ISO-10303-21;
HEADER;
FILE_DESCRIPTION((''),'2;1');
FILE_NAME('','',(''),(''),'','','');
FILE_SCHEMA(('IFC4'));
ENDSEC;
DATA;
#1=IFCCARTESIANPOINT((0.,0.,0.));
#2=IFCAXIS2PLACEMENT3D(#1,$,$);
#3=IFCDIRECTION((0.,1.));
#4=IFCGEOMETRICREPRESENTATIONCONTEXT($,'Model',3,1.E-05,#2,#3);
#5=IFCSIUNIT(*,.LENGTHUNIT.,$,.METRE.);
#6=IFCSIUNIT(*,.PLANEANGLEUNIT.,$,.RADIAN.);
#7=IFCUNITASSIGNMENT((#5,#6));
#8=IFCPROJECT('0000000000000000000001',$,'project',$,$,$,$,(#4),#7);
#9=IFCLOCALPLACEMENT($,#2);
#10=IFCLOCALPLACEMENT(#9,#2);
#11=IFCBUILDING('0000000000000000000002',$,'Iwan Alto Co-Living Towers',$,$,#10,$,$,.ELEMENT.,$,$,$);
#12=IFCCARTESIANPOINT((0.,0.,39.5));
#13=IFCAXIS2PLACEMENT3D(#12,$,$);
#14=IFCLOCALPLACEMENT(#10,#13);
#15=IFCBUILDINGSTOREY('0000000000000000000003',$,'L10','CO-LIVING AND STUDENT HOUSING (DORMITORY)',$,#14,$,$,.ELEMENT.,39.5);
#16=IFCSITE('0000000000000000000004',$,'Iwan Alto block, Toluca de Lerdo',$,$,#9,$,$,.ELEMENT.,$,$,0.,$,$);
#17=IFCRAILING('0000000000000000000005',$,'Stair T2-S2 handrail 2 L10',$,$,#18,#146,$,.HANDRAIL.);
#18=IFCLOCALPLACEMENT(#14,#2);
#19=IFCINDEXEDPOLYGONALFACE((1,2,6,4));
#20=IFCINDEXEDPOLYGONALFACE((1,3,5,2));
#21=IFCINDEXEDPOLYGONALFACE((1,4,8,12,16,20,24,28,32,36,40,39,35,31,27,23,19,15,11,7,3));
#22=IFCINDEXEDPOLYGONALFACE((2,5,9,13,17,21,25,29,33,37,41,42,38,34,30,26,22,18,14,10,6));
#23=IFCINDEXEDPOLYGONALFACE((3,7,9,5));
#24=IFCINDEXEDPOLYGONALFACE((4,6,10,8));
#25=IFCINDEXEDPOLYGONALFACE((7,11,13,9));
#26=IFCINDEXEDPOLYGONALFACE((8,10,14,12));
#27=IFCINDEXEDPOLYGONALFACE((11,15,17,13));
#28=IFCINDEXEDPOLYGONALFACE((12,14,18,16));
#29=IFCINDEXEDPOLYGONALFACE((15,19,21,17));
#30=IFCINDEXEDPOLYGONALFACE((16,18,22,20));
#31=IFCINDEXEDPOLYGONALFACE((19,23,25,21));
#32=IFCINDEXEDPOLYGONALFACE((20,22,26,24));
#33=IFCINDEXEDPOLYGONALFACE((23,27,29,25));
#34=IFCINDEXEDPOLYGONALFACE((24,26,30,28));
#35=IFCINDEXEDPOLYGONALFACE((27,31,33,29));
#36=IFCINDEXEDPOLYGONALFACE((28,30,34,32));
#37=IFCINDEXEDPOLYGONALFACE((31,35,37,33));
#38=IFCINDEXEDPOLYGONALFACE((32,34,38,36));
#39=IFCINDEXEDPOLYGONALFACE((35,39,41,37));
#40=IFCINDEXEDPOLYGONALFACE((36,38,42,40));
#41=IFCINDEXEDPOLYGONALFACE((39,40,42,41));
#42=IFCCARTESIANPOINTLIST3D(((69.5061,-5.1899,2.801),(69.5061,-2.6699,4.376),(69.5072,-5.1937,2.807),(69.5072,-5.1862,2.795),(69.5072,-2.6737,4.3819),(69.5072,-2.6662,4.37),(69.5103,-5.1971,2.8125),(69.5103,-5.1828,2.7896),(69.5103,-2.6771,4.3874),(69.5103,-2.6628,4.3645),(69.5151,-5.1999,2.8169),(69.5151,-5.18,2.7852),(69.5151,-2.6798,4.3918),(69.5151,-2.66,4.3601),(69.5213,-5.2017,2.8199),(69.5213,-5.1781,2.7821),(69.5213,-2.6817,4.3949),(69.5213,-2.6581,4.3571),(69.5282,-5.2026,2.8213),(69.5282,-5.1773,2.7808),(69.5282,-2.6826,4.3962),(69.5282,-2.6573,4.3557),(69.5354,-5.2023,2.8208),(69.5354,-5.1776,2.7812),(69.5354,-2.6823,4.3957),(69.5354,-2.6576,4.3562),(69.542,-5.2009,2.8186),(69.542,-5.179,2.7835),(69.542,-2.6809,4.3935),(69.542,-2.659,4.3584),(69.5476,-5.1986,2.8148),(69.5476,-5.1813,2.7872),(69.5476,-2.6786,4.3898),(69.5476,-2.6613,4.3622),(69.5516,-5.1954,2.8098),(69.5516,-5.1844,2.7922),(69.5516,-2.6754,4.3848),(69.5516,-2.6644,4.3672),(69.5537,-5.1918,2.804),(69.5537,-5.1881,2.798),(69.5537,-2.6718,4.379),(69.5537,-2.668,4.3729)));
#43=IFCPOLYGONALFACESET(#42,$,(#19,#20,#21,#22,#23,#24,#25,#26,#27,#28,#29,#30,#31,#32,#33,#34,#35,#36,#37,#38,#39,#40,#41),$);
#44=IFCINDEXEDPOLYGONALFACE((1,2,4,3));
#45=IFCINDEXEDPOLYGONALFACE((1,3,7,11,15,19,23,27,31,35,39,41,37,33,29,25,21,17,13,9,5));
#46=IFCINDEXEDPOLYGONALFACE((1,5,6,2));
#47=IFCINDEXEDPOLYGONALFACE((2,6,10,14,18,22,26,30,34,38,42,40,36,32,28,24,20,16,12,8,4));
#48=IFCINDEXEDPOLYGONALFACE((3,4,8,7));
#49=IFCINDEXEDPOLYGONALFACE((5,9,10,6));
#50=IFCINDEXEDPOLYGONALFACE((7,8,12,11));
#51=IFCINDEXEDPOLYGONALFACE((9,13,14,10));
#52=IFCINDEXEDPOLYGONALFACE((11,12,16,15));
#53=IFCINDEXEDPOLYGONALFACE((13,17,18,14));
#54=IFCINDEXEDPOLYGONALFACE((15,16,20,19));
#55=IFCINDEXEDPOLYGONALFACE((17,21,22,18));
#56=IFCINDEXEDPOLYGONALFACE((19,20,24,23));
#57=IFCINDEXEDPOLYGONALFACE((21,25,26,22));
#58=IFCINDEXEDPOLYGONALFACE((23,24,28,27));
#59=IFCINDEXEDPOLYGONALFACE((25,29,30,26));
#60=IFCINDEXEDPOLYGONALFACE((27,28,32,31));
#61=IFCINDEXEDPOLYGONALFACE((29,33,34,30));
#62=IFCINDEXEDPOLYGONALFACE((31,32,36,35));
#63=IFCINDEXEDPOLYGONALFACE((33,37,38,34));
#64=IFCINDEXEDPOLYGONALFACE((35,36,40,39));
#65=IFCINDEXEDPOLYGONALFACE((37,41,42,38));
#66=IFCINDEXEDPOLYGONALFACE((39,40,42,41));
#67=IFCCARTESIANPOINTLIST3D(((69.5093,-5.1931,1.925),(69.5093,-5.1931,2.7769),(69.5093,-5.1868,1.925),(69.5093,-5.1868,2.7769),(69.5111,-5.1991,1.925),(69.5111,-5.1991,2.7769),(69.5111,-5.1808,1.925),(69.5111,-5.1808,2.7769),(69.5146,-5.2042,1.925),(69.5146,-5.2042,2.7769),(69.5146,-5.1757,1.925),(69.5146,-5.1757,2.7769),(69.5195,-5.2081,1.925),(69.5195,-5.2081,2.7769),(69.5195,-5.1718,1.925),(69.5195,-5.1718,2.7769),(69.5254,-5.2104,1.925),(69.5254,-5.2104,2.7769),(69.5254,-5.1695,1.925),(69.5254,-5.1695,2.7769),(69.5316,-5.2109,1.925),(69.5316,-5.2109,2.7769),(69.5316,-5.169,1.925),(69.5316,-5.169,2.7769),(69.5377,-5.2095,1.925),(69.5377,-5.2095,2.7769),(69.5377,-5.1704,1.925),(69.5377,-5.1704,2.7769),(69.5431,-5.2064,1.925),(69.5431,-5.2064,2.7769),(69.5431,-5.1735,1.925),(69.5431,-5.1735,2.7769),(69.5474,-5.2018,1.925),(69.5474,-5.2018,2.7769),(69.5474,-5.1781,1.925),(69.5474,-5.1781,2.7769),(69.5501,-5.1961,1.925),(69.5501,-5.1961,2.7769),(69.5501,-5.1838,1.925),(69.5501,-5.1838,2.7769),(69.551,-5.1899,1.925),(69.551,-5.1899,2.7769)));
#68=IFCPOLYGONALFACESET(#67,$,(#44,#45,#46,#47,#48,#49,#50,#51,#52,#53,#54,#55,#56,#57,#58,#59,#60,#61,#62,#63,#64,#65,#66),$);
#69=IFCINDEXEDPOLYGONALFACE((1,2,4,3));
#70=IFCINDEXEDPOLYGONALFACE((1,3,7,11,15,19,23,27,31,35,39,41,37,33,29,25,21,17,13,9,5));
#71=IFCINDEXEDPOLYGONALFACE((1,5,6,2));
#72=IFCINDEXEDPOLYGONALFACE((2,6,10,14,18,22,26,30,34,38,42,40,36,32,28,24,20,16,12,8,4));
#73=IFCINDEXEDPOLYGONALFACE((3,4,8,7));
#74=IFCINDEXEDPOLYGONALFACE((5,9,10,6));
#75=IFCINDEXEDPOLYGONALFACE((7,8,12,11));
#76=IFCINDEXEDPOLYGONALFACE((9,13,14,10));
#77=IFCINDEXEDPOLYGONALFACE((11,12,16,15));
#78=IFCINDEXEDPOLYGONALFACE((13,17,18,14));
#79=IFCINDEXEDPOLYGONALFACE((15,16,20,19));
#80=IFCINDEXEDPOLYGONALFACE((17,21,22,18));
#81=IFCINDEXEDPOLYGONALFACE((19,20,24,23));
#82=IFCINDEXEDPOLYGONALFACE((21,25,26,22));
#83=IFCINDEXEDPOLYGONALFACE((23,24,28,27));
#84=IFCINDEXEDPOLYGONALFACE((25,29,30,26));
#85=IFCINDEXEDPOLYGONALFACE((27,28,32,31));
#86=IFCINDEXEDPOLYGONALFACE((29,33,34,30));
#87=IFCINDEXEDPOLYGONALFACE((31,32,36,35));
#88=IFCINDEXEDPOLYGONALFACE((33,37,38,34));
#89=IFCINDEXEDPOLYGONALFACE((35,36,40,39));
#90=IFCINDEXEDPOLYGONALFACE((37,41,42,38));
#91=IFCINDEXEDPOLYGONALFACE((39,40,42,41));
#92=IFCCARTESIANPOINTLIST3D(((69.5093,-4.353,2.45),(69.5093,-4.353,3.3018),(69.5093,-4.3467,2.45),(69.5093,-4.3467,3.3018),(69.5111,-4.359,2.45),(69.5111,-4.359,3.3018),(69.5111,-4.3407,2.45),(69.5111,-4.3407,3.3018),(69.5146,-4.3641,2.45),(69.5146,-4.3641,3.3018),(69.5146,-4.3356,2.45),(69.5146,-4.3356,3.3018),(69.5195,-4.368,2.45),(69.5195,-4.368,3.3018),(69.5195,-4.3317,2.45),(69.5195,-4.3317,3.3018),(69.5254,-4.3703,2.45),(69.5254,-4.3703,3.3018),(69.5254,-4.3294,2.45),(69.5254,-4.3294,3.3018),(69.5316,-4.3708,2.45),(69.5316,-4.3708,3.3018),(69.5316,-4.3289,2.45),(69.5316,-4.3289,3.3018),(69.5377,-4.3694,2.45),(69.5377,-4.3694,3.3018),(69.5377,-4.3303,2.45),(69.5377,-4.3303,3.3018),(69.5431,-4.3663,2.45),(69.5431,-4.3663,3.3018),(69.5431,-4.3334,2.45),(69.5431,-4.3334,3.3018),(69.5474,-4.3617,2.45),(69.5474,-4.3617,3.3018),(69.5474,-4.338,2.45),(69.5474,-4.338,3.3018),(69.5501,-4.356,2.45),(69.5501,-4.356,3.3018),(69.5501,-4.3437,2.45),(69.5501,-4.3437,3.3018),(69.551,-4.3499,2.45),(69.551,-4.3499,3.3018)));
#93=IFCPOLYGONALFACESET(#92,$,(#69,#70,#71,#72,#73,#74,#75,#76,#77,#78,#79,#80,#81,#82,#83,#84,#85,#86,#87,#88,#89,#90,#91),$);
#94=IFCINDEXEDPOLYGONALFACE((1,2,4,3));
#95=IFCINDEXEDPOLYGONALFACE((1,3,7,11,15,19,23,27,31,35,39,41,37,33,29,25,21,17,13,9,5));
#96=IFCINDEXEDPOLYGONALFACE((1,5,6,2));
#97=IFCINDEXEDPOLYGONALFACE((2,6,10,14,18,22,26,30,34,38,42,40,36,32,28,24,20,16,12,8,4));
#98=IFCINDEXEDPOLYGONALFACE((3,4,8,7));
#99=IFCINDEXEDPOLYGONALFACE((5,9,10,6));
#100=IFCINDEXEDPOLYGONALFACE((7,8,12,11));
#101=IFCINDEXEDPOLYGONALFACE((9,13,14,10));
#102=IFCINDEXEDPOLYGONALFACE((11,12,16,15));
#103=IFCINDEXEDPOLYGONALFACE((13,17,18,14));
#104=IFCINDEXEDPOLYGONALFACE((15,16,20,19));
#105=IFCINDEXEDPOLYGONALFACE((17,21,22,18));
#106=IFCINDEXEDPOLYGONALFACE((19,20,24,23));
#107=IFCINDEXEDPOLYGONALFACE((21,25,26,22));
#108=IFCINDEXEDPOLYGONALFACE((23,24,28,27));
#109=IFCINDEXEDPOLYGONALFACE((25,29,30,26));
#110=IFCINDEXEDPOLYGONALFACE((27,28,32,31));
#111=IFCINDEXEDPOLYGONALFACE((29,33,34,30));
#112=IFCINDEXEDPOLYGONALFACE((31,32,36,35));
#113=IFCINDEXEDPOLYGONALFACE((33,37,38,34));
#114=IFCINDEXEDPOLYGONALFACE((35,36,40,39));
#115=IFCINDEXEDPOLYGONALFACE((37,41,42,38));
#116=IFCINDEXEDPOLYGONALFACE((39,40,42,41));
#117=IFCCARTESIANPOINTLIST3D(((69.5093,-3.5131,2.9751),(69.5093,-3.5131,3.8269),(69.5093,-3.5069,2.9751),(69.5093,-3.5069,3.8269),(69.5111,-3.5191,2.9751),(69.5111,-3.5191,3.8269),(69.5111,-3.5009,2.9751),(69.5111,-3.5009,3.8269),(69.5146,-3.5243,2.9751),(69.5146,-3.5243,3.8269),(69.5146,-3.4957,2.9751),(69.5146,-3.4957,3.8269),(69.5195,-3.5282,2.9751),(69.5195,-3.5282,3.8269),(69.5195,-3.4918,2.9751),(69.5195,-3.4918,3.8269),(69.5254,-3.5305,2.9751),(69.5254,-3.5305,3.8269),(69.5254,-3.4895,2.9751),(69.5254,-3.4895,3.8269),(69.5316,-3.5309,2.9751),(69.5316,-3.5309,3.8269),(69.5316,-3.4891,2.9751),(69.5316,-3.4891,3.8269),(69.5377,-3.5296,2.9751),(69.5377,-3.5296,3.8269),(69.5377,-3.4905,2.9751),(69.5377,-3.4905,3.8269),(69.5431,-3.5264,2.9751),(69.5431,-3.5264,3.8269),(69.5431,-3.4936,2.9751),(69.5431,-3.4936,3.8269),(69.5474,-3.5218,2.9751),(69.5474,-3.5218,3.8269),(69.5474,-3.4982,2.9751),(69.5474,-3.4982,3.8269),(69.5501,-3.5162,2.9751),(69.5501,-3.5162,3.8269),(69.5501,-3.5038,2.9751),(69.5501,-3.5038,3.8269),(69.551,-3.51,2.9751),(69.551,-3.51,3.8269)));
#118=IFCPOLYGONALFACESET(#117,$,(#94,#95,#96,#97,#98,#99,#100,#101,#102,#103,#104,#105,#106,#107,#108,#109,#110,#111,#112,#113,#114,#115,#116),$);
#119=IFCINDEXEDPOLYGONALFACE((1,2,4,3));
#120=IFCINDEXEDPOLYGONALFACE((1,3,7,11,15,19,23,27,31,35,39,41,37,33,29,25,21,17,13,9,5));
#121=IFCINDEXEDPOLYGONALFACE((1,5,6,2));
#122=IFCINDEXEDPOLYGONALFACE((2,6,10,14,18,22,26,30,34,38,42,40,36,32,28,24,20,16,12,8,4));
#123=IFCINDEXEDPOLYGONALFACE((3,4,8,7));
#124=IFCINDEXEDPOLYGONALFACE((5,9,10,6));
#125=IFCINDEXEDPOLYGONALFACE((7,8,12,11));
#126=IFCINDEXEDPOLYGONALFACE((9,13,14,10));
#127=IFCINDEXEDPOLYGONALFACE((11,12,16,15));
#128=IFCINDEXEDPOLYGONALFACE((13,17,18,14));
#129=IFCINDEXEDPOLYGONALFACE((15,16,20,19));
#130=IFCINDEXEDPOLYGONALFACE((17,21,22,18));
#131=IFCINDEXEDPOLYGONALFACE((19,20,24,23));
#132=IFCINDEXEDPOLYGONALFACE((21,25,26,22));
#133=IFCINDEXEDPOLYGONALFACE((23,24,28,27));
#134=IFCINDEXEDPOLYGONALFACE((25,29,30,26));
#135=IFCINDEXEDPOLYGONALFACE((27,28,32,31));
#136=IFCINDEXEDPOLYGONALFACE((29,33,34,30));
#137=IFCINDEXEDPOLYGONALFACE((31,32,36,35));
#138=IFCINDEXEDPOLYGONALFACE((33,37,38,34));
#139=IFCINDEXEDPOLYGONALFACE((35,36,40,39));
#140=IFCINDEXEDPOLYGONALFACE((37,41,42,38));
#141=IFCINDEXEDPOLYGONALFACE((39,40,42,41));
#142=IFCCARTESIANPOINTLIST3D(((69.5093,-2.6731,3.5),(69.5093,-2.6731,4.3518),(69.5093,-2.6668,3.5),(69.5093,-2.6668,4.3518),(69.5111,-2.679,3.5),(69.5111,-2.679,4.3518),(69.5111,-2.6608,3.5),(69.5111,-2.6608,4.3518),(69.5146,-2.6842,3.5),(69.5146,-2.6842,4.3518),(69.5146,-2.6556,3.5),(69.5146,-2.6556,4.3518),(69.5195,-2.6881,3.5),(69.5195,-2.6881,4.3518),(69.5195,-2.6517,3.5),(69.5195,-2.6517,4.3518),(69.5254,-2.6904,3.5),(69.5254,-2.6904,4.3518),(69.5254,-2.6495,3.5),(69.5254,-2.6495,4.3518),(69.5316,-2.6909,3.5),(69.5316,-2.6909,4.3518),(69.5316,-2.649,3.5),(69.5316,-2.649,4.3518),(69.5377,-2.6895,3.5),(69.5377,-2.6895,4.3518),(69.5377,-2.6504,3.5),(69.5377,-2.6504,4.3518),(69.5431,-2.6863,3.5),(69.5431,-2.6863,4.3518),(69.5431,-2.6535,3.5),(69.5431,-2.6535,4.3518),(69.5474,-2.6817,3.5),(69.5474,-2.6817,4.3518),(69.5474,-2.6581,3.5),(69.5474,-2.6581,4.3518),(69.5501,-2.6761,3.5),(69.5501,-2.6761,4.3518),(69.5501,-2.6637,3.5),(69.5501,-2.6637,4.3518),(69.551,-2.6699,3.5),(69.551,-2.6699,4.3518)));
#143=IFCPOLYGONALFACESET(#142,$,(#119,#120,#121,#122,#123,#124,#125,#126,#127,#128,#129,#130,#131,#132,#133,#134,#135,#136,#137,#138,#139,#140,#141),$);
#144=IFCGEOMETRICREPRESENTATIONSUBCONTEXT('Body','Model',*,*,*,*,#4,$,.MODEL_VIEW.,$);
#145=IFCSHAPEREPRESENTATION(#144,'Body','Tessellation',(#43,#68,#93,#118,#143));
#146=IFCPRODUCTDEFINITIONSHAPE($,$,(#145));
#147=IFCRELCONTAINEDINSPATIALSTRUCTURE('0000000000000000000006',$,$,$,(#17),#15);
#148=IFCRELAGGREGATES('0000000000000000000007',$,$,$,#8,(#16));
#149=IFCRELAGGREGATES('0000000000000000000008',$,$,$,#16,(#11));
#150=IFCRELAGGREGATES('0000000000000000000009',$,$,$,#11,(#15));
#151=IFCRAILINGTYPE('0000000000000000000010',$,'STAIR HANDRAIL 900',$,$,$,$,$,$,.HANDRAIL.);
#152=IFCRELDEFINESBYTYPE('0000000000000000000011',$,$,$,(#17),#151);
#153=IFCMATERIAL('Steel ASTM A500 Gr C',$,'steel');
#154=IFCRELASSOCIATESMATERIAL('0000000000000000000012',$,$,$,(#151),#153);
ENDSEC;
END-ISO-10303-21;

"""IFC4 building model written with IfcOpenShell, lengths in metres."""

from ifc_helpers import new_model, si_unit, direction, frame, origin, origin_2d, place, context, subcontext, project, spatial, circle, extrude, material, type_object, element, save


model = new_model("IFC4")

# Units and contexts
model_context = context("Model", 3, precision=1e-05, world=origin(), true_north=direction((0.0, 1.0)))
body_context = subcontext(model_context, "Body", "Model", "MODEL_VIEW")
ifc_project = project(units=[si_unit("LENGTHUNIT", "METRE"), si_unit("PLANEANGLEUNIT", "RADIAN")], contexts=[model_context])

# Site, building, storey
site_placement = place(None, origin())
site = spatial("IfcSite", under=ifc_project, at=site_placement, Name="Iwan Alto block, Toluca de Lerdo", CompositionType="ELEMENT", RefElevation=0.0)
building_placement = place(site_placement, origin())
building = spatial("IfcBuilding", under=site, at=building_placement, Name="Iwan Alto Co-Living Towers", CompositionType="ELEMENT")
storey_placement = place(building_placement, frame((0.0, 0.0, 39.5)))
storey = spatial("IfcBuildingStorey", under=building, at=storey_placement, Name="L10", Description="CO-LIVING AND STUDENT HOUSING (DORMITORY)", CompositionType="ELEMENT", Elevation=39.5)

# Railing
ifc_material_1 = material(Name="Steel ASTM A500 Gr C", Category="steel")
railing_type_1 = type_object("IfcRailingType", Name="STAIR HANDRAIL 900", PredefinedType="HANDRAIL", material=ifc_material_1)
railing_1_placement = place(storey_placement, frame((69.53, -5.1899, 1.925)))
element("IfcRailing", 1, at=railing_1_placement, inside=storey, type_object=railing_type_1, Name="Stair T2-S2 handrail 2 L10", PredefinedType="HANDRAIL", context=body_context, shape_type="SweptSolid", body=[
    extrude(circle(Radius=0.0239, at=origin_2d()), frame((0.0, 0.0, 0.876), z_axis=(0.0, 0.848008, 0.529984), x_axis=(-1.0, 0.0, 0.0)), (0.0, 0.0, 1.0), 2.9717),
    extrude(circle(Radius=0.021, at=origin_2d()), origin(), (0.0, 0.0, 1.0), 0.8518),
    extrude(circle(Radius=0.021, at=origin_2d()), frame((0.0, 0.8401, 0.5249)), (0.0, 0.0, 1.0), 0.8518),
    extrude(circle(Radius=0.021, at=origin_2d()), frame((0.0, 1.6799, 1.05)), (0.0, 0.0, 1.0), 0.8518),
    extrude(circle(Radius=0.021, at=origin_2d()), frame((0.0, 2.52, 1.575)), (0.0, 0.0, 1.0), 0.8518),
])

save(model, "model.ifc")
